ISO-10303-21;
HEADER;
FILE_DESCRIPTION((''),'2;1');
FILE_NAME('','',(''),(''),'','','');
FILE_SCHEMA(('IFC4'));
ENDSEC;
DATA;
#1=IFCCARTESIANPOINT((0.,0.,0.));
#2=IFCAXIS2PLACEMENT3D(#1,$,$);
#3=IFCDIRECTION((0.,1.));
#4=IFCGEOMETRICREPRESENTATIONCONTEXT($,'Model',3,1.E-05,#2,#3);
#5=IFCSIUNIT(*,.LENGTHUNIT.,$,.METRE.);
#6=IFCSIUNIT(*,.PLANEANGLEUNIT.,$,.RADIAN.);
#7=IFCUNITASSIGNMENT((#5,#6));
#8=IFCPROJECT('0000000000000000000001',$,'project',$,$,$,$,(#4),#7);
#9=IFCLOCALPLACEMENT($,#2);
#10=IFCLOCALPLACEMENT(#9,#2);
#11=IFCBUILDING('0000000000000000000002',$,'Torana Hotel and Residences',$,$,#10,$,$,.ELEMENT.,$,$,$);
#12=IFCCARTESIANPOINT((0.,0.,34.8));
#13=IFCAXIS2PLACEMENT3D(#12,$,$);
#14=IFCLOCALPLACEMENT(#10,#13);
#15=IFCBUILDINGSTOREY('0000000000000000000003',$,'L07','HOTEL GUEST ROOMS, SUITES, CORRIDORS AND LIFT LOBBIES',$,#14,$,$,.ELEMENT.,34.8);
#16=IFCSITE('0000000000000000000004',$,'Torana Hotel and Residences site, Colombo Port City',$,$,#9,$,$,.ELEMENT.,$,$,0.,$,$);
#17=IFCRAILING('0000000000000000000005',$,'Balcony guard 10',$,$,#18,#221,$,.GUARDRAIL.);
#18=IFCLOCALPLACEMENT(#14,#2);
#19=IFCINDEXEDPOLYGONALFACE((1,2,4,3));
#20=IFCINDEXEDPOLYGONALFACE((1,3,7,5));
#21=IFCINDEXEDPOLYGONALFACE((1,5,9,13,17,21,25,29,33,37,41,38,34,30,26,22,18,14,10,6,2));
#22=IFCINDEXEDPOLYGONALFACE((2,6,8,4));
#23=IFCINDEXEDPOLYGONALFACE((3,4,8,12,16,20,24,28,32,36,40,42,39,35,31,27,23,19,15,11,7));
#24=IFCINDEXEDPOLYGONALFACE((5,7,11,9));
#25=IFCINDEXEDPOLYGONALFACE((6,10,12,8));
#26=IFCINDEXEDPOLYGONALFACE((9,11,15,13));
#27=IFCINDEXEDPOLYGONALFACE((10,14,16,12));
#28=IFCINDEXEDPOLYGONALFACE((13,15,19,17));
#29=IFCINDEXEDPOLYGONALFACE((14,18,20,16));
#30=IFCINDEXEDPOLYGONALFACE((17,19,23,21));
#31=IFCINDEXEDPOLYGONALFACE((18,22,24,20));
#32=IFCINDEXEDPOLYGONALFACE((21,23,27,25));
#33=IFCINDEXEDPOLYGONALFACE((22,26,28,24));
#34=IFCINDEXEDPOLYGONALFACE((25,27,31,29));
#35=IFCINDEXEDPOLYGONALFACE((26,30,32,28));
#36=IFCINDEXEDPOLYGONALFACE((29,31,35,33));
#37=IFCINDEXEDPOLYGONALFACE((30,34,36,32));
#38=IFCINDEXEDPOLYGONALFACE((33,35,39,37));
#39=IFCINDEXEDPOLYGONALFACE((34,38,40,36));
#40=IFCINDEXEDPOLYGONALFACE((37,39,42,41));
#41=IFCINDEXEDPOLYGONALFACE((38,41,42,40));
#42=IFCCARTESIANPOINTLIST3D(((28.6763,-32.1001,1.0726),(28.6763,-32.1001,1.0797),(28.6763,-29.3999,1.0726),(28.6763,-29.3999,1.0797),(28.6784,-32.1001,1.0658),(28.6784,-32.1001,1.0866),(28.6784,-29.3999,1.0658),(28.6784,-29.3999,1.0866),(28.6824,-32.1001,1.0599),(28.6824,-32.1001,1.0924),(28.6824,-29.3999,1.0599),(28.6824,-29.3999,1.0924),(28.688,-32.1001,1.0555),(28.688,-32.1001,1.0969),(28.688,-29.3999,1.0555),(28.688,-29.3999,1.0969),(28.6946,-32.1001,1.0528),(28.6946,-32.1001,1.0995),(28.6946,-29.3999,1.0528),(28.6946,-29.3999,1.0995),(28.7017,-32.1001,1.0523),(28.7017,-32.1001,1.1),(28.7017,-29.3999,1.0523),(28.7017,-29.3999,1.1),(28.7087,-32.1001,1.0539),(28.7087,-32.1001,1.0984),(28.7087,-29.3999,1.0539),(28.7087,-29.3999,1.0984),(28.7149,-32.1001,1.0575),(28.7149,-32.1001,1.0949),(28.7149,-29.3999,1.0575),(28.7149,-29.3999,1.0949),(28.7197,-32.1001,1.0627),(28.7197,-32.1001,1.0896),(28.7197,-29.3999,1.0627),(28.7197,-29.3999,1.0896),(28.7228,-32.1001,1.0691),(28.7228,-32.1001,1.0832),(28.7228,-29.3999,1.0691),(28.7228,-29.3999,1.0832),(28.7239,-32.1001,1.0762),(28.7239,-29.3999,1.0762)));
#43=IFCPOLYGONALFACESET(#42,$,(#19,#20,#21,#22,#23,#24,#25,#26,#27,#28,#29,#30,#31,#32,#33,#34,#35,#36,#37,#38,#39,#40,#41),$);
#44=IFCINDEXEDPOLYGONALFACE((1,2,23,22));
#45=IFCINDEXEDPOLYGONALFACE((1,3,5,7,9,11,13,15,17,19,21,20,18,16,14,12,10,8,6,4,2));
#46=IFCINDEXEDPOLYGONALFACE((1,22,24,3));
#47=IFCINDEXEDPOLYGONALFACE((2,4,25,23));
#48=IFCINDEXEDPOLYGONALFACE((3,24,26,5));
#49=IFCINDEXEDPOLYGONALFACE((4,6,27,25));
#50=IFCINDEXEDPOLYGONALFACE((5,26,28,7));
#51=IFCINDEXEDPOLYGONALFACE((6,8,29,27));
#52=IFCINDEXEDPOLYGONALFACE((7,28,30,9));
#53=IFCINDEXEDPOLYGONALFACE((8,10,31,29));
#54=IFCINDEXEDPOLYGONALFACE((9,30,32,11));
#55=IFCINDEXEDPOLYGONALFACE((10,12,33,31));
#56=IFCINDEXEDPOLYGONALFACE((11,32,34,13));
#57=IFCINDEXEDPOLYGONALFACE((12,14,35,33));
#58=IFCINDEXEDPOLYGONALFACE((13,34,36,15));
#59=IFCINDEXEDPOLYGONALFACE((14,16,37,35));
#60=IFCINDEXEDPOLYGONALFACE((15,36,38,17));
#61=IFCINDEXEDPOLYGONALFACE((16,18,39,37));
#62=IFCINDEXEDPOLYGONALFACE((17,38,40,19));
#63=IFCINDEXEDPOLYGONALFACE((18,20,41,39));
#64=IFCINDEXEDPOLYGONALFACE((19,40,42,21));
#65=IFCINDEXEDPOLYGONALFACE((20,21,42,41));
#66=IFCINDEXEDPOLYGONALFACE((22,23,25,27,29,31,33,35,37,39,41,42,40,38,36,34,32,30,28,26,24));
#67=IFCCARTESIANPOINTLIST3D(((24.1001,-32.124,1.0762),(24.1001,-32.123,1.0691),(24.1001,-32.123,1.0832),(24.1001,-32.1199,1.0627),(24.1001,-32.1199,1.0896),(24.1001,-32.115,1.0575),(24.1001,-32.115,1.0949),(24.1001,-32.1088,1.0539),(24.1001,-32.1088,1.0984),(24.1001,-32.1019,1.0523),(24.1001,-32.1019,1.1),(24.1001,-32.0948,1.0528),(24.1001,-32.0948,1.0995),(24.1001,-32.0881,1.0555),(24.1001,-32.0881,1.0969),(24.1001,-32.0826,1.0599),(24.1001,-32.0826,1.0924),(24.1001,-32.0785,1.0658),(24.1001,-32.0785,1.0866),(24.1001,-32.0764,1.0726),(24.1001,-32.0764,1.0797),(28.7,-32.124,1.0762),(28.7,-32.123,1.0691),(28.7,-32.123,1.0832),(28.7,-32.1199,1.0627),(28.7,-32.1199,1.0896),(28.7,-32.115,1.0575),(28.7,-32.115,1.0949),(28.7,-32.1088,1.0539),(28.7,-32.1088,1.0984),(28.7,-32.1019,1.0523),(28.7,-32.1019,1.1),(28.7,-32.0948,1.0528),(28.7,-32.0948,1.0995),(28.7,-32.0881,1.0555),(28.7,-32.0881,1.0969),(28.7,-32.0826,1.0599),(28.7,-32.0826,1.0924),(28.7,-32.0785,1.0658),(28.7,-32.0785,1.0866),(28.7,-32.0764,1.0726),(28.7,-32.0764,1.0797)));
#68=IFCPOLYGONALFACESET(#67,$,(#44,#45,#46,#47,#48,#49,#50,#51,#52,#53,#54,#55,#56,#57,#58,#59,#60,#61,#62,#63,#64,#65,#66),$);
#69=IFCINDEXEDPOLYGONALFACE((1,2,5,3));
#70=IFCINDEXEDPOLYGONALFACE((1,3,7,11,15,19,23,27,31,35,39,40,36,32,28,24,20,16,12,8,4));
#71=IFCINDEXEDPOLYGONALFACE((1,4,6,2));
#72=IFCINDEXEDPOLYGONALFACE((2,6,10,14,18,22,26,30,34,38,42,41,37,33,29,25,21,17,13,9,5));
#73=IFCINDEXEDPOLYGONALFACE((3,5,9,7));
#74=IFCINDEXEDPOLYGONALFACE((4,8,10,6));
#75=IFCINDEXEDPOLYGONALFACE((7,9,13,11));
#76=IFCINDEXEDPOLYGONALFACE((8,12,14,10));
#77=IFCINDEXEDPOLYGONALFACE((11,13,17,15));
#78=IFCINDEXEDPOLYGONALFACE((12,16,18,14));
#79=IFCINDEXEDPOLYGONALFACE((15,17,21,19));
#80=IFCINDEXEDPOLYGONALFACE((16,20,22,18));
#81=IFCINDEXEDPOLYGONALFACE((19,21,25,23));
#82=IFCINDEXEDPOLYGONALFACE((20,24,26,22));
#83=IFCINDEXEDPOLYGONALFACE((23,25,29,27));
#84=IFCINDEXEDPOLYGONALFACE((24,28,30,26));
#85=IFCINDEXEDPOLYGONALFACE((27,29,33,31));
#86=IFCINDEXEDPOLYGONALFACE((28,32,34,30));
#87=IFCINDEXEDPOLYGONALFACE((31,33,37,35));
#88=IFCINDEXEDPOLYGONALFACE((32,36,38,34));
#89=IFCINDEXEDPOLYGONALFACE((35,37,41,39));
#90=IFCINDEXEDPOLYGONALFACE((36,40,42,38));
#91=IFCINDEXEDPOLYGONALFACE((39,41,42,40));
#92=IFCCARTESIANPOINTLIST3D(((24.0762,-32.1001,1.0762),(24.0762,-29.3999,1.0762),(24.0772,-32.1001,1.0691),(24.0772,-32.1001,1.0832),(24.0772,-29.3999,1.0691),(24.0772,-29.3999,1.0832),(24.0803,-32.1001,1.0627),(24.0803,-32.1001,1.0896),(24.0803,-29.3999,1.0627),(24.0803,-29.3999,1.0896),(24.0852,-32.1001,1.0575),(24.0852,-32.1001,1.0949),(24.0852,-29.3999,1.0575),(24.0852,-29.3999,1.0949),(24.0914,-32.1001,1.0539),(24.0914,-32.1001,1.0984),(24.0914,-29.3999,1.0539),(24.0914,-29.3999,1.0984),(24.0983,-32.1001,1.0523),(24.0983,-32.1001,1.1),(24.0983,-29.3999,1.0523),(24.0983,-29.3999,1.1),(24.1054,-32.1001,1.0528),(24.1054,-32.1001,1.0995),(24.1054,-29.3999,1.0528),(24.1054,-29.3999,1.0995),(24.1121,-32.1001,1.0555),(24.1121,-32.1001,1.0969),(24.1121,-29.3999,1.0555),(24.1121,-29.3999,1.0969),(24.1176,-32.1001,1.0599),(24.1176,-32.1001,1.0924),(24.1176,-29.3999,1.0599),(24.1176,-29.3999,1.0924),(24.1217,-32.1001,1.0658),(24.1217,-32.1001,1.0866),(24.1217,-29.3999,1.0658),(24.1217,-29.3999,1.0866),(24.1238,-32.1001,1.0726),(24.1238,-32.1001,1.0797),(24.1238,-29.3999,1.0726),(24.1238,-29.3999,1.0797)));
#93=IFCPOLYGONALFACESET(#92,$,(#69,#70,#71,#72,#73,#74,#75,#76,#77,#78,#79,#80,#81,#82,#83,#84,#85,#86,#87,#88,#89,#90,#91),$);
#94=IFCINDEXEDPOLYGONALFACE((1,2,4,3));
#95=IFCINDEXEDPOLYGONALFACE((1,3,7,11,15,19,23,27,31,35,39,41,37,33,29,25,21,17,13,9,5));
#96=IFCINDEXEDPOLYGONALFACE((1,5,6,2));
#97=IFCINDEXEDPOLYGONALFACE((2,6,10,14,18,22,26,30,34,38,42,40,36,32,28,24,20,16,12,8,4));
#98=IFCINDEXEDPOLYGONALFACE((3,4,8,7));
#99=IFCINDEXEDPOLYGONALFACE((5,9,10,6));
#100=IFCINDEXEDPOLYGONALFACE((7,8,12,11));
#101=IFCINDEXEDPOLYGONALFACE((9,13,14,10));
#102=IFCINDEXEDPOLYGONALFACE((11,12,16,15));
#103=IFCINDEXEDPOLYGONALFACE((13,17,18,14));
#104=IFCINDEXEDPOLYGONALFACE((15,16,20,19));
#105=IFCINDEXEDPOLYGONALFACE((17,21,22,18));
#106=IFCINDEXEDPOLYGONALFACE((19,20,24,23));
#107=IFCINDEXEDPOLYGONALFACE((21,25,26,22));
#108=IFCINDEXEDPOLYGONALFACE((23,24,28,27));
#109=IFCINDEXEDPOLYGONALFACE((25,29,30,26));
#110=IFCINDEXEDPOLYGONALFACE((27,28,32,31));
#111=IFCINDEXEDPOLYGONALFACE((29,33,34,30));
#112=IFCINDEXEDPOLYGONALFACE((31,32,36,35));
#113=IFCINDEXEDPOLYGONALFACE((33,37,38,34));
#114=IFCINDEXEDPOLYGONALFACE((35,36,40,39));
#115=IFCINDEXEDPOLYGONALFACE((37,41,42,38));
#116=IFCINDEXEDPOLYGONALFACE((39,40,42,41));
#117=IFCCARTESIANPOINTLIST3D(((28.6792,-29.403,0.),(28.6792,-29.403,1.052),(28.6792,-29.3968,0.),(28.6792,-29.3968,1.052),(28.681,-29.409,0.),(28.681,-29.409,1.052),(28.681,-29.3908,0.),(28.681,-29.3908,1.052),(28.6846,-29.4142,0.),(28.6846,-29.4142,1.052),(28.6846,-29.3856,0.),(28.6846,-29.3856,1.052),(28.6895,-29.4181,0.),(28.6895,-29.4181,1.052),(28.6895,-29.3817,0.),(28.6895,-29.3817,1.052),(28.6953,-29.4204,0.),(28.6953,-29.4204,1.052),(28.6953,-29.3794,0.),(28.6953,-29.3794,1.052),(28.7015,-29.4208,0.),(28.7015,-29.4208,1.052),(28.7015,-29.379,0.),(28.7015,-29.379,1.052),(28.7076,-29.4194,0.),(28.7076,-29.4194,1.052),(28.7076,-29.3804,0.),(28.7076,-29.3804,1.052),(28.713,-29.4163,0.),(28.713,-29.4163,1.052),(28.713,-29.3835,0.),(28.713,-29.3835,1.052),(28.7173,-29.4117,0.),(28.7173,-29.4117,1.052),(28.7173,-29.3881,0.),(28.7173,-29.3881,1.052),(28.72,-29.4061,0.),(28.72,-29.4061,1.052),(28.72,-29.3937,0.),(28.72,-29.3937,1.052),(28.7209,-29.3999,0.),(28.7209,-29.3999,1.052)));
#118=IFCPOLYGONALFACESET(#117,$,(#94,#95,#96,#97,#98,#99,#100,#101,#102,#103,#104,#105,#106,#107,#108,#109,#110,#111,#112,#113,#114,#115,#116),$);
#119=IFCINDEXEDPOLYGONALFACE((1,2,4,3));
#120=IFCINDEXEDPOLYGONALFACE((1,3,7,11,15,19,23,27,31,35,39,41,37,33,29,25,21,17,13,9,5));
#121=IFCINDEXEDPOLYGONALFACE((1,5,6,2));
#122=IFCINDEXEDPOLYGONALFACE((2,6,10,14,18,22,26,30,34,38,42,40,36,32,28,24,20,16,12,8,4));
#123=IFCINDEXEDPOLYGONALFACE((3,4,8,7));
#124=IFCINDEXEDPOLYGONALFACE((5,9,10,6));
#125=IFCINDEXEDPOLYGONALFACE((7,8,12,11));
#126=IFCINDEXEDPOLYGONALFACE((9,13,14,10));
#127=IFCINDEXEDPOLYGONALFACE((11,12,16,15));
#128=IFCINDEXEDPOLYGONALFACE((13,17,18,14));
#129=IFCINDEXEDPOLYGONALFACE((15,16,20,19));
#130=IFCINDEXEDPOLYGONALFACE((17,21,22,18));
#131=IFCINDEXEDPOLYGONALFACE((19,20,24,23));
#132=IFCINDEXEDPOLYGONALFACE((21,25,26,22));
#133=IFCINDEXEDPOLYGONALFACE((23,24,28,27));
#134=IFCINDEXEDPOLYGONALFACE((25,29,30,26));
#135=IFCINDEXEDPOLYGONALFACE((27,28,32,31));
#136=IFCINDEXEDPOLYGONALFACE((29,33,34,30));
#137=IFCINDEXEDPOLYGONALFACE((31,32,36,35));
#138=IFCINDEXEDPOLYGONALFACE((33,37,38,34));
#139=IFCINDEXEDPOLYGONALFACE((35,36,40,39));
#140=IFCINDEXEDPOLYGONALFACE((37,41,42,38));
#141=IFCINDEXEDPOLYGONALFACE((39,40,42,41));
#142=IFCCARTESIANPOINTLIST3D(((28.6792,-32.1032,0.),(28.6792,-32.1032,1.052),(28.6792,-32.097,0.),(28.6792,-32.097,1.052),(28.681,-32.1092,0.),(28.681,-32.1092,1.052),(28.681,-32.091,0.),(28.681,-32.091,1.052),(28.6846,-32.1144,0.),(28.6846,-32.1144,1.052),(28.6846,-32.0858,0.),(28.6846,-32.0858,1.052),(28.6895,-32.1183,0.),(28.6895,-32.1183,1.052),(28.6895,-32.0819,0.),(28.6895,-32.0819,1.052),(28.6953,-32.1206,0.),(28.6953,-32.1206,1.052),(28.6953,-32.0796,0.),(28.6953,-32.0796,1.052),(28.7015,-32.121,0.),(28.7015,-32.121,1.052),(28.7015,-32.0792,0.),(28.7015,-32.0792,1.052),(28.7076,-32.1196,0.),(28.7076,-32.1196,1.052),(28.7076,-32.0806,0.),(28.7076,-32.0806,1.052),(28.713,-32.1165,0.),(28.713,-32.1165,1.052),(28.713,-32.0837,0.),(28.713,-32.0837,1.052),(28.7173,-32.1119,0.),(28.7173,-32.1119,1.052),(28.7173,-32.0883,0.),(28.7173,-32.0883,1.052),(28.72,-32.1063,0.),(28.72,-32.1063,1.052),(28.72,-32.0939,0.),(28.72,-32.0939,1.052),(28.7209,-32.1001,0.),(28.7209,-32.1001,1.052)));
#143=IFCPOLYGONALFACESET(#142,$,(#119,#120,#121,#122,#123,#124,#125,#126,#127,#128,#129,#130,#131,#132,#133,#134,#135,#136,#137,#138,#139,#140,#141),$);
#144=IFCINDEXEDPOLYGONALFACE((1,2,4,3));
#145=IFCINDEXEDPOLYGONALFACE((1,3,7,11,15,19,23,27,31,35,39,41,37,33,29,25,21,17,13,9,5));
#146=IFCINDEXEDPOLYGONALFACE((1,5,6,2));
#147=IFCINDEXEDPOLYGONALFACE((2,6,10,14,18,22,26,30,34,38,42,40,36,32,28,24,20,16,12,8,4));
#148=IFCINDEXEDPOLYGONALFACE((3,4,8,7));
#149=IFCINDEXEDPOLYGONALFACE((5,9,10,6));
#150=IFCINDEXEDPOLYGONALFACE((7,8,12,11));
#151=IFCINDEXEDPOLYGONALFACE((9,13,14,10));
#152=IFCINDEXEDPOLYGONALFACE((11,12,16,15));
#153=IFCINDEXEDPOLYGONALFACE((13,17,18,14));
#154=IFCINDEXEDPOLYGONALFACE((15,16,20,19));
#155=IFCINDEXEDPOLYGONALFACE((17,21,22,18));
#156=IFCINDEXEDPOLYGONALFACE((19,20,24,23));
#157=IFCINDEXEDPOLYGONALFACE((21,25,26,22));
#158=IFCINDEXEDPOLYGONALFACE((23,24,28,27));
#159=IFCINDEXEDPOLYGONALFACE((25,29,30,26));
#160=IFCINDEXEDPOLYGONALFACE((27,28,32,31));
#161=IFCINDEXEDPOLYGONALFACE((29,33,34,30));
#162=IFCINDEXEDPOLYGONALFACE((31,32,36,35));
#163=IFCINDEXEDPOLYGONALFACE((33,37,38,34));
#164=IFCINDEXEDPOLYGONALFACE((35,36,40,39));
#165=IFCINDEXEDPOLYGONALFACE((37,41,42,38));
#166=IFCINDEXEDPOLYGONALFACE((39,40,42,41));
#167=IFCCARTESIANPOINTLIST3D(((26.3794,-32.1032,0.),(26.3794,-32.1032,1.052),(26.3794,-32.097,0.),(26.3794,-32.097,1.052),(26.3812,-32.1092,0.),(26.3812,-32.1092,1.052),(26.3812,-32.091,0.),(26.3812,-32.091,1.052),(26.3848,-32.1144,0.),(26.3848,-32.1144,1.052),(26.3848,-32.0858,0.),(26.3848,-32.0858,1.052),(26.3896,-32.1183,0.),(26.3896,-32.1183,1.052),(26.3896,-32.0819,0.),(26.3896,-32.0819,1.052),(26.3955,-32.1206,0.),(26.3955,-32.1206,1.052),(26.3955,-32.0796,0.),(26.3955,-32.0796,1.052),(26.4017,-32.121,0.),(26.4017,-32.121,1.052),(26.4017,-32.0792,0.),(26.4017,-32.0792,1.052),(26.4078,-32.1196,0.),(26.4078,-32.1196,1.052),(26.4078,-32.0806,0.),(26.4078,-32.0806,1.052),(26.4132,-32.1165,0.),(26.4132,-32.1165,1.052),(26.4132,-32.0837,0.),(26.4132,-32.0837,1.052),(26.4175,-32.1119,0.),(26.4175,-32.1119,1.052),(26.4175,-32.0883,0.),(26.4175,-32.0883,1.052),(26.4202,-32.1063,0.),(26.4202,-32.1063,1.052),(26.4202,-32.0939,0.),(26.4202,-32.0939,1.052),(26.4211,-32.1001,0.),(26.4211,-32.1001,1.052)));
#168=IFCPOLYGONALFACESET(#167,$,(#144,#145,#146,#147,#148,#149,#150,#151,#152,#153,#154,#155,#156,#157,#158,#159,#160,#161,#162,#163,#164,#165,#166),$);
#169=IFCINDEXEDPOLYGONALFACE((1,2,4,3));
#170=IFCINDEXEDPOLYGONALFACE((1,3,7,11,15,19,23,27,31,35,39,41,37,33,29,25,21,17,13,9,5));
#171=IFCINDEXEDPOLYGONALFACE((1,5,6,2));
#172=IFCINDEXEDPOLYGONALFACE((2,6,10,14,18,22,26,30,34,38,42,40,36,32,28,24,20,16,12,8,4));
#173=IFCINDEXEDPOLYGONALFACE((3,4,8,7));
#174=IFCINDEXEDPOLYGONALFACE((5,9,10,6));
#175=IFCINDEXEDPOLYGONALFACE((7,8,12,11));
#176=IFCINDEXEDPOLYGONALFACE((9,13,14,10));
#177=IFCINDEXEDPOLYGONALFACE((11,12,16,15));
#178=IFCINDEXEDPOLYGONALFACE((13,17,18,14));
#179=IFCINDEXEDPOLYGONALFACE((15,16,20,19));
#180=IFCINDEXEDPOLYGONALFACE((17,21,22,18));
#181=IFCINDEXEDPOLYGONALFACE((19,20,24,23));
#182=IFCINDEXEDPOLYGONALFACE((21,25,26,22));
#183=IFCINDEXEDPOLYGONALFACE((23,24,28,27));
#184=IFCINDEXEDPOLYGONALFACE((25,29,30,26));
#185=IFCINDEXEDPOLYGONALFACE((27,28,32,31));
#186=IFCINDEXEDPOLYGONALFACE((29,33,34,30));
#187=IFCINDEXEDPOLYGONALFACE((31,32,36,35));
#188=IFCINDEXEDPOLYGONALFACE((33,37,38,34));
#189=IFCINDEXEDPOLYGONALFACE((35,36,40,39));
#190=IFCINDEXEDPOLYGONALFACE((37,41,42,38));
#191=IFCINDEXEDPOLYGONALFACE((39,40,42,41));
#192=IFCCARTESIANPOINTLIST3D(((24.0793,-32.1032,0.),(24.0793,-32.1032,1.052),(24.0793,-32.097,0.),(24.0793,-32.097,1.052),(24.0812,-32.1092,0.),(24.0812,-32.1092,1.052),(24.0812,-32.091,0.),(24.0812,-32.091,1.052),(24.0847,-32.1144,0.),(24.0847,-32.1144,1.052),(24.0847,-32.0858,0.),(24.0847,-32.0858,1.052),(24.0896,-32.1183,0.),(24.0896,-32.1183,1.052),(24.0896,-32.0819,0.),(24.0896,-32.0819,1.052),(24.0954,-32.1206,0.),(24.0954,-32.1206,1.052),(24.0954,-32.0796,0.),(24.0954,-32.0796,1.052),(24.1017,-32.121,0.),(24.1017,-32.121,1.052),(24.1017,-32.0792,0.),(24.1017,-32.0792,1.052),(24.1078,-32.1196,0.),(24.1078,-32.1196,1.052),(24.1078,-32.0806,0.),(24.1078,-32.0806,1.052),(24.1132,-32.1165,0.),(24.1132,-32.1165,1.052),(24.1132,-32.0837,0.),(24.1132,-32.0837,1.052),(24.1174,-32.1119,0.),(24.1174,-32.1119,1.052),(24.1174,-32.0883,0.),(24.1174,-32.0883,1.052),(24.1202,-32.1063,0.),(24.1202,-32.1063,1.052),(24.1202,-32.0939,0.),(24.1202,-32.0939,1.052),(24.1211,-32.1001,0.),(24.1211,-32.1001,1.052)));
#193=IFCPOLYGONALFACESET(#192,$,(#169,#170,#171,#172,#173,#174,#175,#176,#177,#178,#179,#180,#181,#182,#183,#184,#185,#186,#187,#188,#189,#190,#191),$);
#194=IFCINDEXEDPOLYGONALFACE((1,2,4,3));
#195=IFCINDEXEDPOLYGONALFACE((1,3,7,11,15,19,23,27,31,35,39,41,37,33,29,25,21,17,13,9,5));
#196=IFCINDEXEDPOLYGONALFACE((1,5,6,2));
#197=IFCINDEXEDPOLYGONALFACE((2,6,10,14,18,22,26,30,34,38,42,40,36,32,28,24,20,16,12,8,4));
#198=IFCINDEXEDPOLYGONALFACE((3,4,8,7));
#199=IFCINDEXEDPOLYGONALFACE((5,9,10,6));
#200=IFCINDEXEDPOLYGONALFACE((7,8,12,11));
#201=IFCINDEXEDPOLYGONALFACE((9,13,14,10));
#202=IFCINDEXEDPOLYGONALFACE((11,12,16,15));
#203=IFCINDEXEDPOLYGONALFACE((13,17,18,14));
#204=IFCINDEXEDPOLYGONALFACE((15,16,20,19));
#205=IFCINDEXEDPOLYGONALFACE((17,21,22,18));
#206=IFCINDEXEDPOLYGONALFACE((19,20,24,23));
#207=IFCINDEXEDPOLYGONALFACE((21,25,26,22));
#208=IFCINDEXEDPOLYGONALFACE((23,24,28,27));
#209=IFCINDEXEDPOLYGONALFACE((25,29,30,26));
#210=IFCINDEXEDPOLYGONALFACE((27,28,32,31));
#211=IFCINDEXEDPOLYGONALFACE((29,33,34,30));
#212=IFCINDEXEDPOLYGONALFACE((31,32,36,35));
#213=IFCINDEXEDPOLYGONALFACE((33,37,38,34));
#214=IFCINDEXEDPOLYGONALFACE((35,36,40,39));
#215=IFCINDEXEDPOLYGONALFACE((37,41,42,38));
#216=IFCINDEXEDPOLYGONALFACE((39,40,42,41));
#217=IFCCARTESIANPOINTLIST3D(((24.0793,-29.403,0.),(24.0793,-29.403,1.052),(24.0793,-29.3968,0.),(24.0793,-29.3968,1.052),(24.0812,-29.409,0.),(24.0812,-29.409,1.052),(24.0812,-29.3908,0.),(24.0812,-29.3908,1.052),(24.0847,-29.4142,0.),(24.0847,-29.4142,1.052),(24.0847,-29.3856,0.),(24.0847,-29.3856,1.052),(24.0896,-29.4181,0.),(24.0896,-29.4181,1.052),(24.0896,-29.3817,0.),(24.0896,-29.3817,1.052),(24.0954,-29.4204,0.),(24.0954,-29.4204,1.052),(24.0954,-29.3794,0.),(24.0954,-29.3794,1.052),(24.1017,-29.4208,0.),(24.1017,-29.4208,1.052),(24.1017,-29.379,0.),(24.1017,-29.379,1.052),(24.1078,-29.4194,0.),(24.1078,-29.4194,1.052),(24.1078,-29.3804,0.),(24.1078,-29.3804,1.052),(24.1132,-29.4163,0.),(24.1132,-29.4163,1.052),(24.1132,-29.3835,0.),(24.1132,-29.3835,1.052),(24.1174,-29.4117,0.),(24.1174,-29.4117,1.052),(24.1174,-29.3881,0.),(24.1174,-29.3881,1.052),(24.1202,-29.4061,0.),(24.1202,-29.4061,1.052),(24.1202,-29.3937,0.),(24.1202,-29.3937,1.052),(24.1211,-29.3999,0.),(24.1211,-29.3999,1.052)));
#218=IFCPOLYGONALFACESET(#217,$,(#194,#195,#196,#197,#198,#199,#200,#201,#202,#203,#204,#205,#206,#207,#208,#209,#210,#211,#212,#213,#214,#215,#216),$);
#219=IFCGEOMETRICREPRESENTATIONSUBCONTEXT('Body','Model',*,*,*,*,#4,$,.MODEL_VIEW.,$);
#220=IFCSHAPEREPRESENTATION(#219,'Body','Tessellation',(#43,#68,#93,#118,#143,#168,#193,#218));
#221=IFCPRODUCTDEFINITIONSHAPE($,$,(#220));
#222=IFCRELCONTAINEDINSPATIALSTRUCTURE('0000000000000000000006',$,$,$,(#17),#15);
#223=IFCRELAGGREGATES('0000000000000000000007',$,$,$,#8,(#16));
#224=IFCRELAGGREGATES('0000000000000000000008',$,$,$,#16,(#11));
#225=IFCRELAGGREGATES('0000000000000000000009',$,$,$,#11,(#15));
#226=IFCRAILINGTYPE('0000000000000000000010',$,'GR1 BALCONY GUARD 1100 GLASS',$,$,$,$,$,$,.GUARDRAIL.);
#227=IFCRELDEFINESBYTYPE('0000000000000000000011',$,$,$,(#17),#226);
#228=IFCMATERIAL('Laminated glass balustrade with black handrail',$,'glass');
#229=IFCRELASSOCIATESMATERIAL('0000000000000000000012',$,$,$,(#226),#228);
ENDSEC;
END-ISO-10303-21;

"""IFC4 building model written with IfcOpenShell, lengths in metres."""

from ifc_helpers import new_model, si_unit, direction, frame, origin, origin_2d, place, context, subcontext, project, spatial, circle, extrude, material, type_object, element, save


model = new_model("IFC4")

# Units and contexts
model_context = context("Model", 3, precision=1e-05, world=origin(), true_north=direction((0.0, 1.0)))
body_context = subcontext(model_context, "Body", "Model", "MODEL_VIEW")
ifc_project = project(units=[si_unit("LENGTHUNIT", "METRE"), si_unit("PLANEANGLEUNIT", "RADIAN")], contexts=[model_context])

# Site, building, storey
site_placement = place(None, origin())
site = spatial("IfcSite", under=ifc_project, at=site_placement, Name="Torana Hotel and Residences site, Colombo Port City", CompositionType="ELEMENT", RefElevation=0.0)
building_placement = place(site_placement, origin())
building = spatial("IfcBuilding", under=site, at=building_placement, Name="Torana Hotel and Residences", CompositionType="ELEMENT")
storey_placement = place(building_placement, frame((0.0, 0.0, 34.8)))
storey = spatial("IfcBuildingStorey", under=building, at=storey_placement, Name="L07", Description="HOTEL GUEST ROOMS, SUITES, CORRIDORS AND LIFT LOBBIES", CompositionType="ELEMENT", Elevation=34.8)

# Railing
ifc_material_1 = material(Name="Laminated glass balustrade with black handrail", Category="glass")
railing_type = type_object("IfcRailingType", Name="GR1 BALCONY GUARD 1100 GLASS", PredefinedType="GUARDRAIL", material=ifc_material_1)
railing_1_placement = place(storey_placement, frame((28.7, -29.3999, 0.0)))
element("IfcRailing", 1, at=railing_1_placement, inside=storey, type_object=railing_type, Name="Balcony guard 10", PredefinedType="GUARDRAIL", context=body_context, shape_type="SweptSolid", body=[
    extrude(circle(Radius=0.0239, at=origin_2d()), frame((0.0, 0.0, 1.0762), z_axis=(0.0, -1.0, 0.0), x_axis=(1.0, 0.0, 0.0)), (0.0, 0.0, 1.0), 2.7002),
    extrude(circle(Radius=0.0239, at=origin_2d()), frame((0.0, -2.7002, 1.0762), z_axis=(-1.0, 0.0, 0.0), x_axis=(0.0, -1.0, 0.0)), (0.0, 0.0, 1.0), 4.5999),
    extrude(circle(Radius=0.0239, at=origin_2d()), frame((-4.5999, -2.7002, 1.0762), z_axis=(0.0, 1.0, 0.0), x_axis=(-1.0, 0.0, 0.0)), (0.0, 0.0, 1.0), 2.7002),
    extrude(circle(Radius=0.021, at=origin_2d()), origin(), (0.0, 0.0, 1.0), 1.052),
    extrude(circle(Radius=0.021, at=origin_2d()), frame((0.0, -2.7002, 0.0)), (0.0, 0.0, 1.0), 1.052),
    extrude(circle(Radius=0.021, at=origin_2d()), frame((-2.2998, -2.7002, 0.0)), (0.0, 0.0, 1.0), 1.052),
    extrude(circle(Radius=0.021, at=origin_2d()), frame((-4.5999, -2.7002, 0.0)), (0.0, 0.0, 1.0), 1.052),
    extrude(circle(Radius=0.021, at=origin_2d()), frame((-4.5999, 0.0, 0.0)), (0.0, 0.0, 1.0), 1.052),
])

save(model, "model.ifc")
